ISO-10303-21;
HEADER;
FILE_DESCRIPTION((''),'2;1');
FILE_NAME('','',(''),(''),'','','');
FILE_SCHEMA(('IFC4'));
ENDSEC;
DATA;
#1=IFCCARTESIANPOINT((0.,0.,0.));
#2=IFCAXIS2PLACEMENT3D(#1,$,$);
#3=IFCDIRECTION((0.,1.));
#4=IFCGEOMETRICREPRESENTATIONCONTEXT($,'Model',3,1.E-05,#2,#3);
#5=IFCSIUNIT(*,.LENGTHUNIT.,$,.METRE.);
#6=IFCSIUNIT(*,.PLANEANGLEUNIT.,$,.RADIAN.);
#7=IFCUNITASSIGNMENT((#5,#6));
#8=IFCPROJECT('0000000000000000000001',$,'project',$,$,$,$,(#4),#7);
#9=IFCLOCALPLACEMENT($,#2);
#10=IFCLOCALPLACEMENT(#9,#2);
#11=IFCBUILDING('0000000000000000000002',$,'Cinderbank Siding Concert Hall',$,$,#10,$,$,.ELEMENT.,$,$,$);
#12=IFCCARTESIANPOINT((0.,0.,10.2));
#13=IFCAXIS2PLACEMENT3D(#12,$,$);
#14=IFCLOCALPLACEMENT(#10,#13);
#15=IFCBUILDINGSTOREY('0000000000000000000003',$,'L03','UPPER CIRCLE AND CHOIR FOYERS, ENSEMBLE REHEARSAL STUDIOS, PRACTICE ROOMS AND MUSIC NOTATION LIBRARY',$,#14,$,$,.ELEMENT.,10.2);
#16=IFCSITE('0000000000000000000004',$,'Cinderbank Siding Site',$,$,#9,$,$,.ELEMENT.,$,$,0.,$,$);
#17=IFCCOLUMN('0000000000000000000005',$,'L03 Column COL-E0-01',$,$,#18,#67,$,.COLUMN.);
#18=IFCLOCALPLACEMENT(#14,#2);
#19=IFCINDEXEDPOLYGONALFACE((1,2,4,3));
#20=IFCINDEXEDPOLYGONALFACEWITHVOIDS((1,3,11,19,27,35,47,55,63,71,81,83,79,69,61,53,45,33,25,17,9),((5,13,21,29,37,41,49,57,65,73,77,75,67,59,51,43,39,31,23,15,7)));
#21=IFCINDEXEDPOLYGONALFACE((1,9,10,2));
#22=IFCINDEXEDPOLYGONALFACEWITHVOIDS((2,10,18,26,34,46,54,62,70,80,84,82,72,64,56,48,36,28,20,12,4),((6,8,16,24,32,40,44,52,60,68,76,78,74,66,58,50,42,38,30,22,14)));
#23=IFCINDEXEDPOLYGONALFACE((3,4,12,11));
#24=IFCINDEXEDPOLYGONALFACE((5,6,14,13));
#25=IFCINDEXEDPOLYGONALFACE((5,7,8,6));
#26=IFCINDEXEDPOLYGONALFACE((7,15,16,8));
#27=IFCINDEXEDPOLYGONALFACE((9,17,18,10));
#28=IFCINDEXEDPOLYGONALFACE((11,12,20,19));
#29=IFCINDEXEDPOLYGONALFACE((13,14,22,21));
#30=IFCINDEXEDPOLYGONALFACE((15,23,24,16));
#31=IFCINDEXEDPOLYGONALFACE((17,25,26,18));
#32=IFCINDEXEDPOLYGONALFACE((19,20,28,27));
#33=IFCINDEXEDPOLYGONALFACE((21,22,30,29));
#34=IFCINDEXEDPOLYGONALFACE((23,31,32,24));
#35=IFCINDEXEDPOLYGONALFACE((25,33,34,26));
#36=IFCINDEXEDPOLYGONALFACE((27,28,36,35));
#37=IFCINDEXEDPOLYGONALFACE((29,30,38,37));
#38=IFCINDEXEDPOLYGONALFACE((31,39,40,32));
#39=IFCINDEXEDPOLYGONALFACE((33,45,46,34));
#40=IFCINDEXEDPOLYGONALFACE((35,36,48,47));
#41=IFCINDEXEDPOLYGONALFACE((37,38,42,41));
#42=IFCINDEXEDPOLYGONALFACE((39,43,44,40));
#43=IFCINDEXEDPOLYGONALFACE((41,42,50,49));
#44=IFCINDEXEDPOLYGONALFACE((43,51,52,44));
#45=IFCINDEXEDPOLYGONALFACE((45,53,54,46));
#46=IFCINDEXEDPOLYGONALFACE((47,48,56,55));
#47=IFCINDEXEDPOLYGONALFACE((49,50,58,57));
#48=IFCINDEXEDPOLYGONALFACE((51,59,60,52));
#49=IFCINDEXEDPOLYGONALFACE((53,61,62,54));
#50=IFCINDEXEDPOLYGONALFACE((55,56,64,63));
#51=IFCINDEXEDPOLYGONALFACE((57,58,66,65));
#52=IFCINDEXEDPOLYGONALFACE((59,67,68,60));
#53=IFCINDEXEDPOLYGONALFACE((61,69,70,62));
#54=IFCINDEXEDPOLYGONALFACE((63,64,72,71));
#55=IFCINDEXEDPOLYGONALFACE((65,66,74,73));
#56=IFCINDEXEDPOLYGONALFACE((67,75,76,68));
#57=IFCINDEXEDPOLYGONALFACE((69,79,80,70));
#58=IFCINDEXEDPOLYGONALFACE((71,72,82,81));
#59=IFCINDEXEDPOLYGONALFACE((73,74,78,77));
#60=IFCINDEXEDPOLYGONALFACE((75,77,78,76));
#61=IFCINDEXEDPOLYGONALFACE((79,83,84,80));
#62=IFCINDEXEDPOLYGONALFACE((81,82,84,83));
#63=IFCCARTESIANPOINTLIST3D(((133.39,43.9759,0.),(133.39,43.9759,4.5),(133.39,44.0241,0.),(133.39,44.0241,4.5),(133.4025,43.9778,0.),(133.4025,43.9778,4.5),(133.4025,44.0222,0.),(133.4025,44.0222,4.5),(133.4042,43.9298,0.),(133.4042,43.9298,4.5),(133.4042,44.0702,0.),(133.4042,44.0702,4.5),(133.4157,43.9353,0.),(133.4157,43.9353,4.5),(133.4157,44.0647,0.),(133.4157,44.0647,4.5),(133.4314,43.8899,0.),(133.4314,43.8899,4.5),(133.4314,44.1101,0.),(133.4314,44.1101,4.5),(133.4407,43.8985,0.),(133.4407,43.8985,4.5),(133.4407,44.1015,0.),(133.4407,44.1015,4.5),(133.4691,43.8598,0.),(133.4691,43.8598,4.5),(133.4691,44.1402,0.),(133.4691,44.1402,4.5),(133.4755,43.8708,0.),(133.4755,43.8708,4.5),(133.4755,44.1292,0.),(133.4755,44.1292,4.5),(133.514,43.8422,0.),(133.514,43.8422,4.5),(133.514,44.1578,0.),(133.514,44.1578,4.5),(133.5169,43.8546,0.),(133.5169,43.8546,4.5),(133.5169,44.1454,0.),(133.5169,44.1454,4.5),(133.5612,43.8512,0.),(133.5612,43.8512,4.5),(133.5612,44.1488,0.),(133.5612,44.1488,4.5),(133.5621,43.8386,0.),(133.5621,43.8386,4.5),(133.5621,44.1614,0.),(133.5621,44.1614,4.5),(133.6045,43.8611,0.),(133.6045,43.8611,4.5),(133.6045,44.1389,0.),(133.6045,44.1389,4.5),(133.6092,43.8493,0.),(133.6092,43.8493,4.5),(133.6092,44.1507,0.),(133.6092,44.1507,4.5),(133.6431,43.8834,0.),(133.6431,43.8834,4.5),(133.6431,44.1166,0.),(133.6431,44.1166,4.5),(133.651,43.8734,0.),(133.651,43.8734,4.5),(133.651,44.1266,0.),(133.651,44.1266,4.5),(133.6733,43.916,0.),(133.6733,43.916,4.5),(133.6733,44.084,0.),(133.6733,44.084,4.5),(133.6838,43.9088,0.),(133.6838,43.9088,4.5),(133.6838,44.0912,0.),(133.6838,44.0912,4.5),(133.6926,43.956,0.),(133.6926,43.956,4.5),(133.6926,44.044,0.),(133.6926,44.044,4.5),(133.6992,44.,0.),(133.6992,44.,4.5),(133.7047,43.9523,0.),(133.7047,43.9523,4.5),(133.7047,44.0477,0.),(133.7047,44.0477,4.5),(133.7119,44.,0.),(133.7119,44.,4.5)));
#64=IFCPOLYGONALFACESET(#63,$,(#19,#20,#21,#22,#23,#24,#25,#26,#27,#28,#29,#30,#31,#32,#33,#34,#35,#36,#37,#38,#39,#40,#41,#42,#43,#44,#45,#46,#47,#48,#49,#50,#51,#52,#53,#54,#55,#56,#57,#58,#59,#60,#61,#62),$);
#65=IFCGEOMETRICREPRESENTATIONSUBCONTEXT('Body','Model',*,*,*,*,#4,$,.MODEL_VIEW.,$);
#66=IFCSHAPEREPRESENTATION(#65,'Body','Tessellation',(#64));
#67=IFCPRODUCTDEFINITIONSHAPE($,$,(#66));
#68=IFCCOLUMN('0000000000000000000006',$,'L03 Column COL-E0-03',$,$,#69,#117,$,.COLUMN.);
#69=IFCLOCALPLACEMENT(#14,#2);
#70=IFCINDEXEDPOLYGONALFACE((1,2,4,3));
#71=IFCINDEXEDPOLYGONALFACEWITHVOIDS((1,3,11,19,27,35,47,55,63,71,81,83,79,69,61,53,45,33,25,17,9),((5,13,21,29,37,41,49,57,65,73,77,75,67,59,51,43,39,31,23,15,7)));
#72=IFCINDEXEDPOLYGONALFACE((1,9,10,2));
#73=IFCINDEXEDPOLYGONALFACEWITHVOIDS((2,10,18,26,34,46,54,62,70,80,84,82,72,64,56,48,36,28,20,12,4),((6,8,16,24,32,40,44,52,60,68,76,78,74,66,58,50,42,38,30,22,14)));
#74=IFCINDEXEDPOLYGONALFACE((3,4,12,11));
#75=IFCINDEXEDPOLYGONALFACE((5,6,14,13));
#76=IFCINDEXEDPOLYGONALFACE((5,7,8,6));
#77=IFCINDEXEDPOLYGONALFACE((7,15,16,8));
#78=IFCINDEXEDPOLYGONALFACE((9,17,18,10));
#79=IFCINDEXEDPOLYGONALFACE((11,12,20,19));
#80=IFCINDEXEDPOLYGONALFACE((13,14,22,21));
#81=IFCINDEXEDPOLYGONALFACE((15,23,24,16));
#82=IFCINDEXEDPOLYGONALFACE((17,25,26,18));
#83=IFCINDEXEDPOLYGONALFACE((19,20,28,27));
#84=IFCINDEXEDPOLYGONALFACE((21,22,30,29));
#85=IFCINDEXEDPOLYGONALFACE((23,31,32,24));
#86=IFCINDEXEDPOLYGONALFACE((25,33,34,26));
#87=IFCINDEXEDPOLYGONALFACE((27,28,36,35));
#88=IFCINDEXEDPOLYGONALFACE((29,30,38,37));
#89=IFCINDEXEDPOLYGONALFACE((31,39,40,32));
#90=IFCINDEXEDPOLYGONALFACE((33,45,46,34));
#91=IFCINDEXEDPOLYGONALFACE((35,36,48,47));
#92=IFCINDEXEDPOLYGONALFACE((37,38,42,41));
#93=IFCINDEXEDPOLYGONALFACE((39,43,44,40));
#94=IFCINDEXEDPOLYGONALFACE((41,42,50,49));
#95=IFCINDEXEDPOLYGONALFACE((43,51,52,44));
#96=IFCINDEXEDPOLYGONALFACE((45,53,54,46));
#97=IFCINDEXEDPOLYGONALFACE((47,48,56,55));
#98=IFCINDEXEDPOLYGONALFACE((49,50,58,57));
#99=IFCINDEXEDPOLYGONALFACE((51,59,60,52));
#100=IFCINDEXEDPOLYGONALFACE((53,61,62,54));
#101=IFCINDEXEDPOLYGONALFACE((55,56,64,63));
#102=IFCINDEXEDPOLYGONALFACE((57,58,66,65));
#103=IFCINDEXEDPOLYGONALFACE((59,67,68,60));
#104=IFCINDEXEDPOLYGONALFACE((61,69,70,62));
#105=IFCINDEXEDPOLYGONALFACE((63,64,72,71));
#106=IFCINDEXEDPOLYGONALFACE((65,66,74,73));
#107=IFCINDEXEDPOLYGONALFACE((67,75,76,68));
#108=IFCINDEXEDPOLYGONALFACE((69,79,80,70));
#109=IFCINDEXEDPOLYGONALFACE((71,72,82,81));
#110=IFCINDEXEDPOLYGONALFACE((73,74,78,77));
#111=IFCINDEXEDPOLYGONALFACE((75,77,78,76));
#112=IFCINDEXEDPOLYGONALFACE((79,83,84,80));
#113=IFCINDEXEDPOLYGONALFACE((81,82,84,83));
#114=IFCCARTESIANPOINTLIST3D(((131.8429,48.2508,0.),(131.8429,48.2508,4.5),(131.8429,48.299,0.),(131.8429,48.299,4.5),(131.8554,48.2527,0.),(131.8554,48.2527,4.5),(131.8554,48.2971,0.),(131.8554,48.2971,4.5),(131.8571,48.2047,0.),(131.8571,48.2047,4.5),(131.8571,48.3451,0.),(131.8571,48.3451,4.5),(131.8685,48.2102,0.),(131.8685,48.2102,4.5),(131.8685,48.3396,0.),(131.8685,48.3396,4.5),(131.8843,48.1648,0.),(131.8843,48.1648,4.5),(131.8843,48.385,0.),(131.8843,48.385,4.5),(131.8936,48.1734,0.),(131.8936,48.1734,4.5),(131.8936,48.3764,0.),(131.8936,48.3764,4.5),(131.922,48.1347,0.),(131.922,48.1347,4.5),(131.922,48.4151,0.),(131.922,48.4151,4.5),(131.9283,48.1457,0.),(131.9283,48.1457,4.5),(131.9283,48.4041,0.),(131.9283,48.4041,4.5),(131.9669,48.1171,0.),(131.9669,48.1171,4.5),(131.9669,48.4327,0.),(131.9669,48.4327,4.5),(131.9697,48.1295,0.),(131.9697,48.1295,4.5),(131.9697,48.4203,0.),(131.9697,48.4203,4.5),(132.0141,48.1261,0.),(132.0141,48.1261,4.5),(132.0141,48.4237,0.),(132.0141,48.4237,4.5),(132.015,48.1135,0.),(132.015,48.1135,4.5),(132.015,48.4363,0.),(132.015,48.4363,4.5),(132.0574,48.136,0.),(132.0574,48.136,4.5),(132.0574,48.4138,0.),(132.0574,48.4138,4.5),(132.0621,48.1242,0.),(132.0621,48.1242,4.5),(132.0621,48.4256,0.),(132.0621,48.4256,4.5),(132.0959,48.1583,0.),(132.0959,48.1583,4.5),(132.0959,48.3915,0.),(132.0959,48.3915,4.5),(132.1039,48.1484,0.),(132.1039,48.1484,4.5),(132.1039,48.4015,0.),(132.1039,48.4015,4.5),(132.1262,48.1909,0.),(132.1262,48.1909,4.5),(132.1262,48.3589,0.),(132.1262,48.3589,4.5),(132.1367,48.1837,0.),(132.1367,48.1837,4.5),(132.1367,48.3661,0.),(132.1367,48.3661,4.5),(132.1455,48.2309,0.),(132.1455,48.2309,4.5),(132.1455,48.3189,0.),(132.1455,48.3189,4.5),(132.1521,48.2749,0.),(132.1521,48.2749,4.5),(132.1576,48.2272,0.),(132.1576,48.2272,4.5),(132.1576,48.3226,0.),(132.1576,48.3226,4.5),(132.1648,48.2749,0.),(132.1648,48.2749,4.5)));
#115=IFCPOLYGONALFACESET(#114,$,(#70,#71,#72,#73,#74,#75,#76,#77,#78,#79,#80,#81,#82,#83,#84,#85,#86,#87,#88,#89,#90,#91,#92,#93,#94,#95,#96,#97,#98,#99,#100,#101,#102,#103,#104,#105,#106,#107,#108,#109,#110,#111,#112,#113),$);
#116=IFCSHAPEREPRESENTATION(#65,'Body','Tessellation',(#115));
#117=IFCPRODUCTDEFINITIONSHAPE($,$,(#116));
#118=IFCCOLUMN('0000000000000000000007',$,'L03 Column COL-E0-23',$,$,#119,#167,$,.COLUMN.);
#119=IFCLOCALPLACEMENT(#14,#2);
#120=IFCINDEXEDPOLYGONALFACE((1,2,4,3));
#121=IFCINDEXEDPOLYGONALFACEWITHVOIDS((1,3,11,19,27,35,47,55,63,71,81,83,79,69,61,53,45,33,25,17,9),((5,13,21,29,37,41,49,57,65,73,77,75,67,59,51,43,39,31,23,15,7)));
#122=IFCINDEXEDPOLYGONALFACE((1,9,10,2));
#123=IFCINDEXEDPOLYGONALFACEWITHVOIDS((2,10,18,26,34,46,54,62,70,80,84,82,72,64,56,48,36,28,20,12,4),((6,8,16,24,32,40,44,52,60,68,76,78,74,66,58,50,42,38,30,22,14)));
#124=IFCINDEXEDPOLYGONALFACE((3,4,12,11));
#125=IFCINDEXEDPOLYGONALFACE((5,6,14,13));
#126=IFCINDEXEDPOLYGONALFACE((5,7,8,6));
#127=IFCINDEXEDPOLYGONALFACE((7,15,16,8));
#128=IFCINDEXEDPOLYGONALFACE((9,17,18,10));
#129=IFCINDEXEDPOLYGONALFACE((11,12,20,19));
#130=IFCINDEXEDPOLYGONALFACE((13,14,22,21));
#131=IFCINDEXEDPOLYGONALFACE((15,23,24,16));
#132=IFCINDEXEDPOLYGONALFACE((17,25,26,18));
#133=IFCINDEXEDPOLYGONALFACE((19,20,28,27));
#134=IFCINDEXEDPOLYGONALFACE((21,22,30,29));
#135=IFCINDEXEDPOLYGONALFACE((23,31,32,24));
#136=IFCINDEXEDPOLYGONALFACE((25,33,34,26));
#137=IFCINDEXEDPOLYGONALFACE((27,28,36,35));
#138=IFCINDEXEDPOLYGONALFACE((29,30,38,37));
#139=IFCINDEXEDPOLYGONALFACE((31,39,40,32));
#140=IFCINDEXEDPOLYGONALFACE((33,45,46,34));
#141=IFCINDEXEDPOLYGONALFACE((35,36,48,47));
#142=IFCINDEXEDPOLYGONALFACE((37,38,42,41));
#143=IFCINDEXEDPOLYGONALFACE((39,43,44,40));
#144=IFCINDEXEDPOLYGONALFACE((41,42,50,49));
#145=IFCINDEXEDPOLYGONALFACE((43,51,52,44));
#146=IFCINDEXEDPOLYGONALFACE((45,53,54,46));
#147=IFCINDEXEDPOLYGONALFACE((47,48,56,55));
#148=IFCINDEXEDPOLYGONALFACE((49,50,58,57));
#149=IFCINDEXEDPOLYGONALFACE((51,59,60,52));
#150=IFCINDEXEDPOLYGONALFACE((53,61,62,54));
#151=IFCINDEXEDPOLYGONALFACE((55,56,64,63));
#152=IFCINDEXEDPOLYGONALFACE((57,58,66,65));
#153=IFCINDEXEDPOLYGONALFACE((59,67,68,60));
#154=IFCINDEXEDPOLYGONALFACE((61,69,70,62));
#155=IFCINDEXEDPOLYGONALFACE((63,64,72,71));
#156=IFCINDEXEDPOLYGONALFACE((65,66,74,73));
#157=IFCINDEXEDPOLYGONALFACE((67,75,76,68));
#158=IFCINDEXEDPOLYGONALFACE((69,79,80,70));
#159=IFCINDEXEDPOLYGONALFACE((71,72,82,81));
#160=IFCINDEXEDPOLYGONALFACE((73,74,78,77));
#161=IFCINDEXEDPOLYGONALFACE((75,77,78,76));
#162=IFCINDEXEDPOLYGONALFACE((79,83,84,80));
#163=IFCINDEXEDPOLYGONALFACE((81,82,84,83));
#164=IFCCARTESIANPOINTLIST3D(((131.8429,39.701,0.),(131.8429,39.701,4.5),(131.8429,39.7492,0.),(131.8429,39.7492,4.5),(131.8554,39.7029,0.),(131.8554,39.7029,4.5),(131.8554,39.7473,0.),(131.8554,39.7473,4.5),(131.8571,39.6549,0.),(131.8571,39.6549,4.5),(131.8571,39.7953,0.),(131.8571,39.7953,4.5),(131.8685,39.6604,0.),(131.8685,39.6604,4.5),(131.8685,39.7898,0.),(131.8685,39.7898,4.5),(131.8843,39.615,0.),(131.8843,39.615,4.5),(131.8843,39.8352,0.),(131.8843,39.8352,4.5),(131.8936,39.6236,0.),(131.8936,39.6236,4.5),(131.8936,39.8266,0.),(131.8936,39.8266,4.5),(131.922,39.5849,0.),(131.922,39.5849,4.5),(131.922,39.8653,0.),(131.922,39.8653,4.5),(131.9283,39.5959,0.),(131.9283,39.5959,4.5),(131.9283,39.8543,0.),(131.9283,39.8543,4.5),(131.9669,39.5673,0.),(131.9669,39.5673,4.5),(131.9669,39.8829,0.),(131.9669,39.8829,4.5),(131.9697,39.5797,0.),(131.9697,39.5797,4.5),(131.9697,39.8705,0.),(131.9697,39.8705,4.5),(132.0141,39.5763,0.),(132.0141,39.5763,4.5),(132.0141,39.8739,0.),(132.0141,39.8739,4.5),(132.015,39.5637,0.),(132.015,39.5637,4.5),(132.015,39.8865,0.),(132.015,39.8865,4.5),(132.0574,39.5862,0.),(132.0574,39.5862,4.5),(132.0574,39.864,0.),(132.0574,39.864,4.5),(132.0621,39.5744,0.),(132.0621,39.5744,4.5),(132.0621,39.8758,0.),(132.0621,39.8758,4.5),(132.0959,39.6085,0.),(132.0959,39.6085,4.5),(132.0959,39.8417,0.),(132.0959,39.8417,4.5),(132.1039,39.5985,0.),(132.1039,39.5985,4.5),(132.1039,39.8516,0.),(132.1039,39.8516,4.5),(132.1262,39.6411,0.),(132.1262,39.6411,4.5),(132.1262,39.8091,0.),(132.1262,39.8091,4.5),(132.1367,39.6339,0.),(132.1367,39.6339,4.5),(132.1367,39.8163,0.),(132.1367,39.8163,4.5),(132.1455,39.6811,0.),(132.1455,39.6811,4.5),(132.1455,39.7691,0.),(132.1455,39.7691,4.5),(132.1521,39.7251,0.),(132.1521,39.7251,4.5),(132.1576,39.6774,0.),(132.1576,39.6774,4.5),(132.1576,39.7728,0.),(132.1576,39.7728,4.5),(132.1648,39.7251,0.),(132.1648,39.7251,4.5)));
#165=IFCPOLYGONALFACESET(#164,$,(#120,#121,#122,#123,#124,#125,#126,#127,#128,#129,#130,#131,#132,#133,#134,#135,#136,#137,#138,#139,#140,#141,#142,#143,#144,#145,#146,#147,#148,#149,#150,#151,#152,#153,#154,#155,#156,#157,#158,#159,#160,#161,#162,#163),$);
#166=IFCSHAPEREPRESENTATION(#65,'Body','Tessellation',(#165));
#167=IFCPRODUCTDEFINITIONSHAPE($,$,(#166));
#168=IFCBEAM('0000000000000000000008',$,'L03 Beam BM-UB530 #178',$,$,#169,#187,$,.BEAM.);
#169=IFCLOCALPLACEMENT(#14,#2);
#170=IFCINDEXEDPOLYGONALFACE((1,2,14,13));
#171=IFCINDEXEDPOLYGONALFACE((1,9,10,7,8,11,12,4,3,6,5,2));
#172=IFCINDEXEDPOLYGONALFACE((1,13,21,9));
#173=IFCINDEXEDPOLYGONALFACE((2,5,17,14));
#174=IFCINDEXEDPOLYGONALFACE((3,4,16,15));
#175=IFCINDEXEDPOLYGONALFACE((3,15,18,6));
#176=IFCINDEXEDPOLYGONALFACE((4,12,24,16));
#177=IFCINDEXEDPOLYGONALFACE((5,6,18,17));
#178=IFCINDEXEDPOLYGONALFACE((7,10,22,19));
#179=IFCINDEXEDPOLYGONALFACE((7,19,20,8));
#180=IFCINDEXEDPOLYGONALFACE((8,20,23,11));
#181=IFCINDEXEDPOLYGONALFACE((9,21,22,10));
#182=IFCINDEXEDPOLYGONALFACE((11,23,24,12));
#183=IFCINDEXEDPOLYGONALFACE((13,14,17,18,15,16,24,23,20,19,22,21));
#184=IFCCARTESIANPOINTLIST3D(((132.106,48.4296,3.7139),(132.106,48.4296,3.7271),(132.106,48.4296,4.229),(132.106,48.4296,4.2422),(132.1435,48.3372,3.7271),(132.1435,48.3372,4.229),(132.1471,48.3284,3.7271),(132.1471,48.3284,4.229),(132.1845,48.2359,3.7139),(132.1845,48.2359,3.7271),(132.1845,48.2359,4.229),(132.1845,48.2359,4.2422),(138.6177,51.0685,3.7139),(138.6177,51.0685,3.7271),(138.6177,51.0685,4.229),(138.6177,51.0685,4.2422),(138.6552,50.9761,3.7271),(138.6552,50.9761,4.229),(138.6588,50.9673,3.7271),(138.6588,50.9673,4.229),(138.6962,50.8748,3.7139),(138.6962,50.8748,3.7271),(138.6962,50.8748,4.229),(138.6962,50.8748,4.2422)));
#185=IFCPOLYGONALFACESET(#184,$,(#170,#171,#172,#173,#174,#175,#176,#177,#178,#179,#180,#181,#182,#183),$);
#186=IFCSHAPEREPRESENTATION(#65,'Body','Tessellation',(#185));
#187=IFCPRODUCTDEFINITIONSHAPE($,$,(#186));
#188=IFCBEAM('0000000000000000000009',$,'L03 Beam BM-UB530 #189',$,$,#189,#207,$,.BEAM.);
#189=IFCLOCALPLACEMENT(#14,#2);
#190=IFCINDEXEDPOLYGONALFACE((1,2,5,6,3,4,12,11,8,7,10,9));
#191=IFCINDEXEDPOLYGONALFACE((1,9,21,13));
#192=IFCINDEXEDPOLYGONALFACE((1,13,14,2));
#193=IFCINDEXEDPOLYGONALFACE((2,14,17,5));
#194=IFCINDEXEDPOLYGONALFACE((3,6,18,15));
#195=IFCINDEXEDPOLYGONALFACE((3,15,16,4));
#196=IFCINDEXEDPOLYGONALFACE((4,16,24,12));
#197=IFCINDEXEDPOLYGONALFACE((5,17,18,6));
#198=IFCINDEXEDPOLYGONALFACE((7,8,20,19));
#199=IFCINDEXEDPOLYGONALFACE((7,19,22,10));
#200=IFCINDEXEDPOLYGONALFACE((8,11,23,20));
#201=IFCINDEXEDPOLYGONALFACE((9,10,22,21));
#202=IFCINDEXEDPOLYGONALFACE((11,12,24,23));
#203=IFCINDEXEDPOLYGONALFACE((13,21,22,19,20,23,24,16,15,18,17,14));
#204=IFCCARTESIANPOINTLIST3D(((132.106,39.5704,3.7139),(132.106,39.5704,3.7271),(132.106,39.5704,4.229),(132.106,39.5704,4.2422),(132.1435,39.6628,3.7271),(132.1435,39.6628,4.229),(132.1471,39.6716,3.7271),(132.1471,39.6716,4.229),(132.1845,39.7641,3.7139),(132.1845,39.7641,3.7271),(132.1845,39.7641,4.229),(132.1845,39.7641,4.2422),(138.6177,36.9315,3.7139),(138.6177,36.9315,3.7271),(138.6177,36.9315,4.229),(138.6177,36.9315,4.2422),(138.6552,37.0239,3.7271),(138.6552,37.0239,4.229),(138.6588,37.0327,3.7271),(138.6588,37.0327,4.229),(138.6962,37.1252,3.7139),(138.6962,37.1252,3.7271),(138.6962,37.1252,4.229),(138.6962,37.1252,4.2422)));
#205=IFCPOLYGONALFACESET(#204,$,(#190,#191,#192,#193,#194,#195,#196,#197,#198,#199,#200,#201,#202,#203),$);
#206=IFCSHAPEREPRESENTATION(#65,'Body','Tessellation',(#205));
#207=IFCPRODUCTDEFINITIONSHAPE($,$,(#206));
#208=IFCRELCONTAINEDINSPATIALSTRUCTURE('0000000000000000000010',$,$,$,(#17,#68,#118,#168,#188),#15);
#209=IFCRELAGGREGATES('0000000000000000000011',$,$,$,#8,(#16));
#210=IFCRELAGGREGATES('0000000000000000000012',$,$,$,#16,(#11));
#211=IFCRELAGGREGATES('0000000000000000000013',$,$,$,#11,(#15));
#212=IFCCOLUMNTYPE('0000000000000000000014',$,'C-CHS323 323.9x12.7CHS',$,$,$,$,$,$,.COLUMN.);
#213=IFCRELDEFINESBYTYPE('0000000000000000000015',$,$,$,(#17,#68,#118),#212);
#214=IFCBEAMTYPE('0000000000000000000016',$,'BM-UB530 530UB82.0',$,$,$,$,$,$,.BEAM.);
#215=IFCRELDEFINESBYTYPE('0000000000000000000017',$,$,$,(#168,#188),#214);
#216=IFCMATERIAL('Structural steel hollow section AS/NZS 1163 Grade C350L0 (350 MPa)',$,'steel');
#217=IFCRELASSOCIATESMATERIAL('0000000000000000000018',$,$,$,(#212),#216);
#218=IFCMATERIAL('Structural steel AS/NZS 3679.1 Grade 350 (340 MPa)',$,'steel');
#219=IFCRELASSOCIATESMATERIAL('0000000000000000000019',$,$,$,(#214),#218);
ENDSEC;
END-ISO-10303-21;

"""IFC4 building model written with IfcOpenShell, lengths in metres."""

from ifc_helpers import new_model, si_unit, direction, frame, origin, origin_2d, place, context, subcontext, project, spatial, hollow_circle, i_section, extrude, material, material_profile, profile_set, type_object, element, save


model = new_model("IFC4")

# Units and contexts
model_context = context("Model", 3, precision=1e-05, world=origin(), true_north=direction((0.0, 1.0)))
body_context = subcontext(model_context, "Body", "Model", "MODEL_VIEW")
ifc_project = project(units=[si_unit("LENGTHUNIT", "METRE"), si_unit("PLANEANGLEUNIT", "RADIAN")], contexts=[model_context])

# Site, building, storey
site_placement = place(None, origin())
site = spatial("IfcSite", under=ifc_project, at=site_placement, Name="Cinderbank Siding Site", CompositionType="ELEMENT", RefElevation=0.0)
building_placement = place(site_placement, origin())
building = spatial("IfcBuilding", under=site, at=building_placement, Name="Cinderbank Siding Concert Hall", CompositionType="ELEMENT")
storey_placement = place(building_placement, frame((0.0, 0.0, 10.2)))
storey = spatial("IfcBuildingStorey", under=building, at=storey_placement, Name="L03", Description="UPPER CIRCLE AND CHOIR FOYERS, ENSEMBLE REHEARSAL STUDIOS, PRACTICE ROOMS AND MUSIC NOTATION LIBRARY", CompositionType="ELEMENT", Elevation=10.2)

# Columns
ifc_material_1 = material(Name="Structural steel hollow section AS/NZS 1163 Grade C350L0 (350 MPa)", Category="steel")
ifc_material_profile_1 = material_profile(ifc_material_1, hollow_circle(Radius=0.1619, WallThickness=0.0127, at=origin_2d()), Name="323.9x12.7CHS", Category="LoadBearing")
ifc_profile_set_1 = profile_set([ifc_material_profile_1], Name="Structural steel hollow section AS/NZS 1163 Grade C350L0 (350 MPa)")
column_type = type_object("IfcColumnType", Name="C-CHS323 323.9x12.7CHS", PredefinedType="COLUMN", material=ifc_profile_set_1)
for number, where, z_axis, x_axis, name in (
    (1, (133.55, 44.0, 0.0), (0.0, 0.0, 1.0), (1.0, 0.0, 0.0), "L03 Column COL-E0-01"),
    (2, (132.0029, 48.2749, 0.0), (0.0, 0.0, 1.0), (1.0, 0.0, 0.0), "L03 Column COL-E0-03"),
    (3, (132.0029, 39.7251, 0.0), (0.0, 0.0, 1.0), (1.0, 0.0, 0.0), "L03 Column COL-E0-23"),
):
    element("IfcColumn", number, at=place(storey_placement, frame(where, z_axis=z_axis, x_axis=x_axis)), inside=storey, type_object=column_type, Name=name, PredefinedType="COLUMN", context=body_context, shape_type="SweptSolid", body=[
        extrude(hollow_circle(Radius=0.1619, WallThickness=0.0127, at=origin_2d()), origin(), (0.0, 0.0, 1.0), 4.5),
    ])

# Beams
ifc_material_2 = material(Name="Structural steel AS/NZS 3679.1 Grade 350 (340 MPa)", Category="steel")
ifc_material_profile_2 = material_profile(ifc_material_2, i_section(OverallWidth=0.209, OverallDepth=0.5283, WebThickness=0.0095, FlangeThickness=0.0132, at=origin_2d()), Name="530UB82.0", Category="LoadBearing")
ifc_profile_set_2 = profile_set([ifc_material_profile_2], Name="Structural steel AS/NZS 3679.1 Grade 350 (340 MPa)")
beam_type_1 = type_object("IfcBeamType", Name="BM-UB530 530UB82.0", PredefinedType="BEAM", material=ifc_profile_set_2)
for number, where, z_axis, x_axis, name in (
    (4, (132.1453, 48.3328, 3.978), (0.926787, 0.375587, 0.0), (-0.375587, 0.926787, 0.0), "L03 Beam BM-UB530 #178"),
    (5, (132.1453, 39.6672, 3.978), (0.926787, -0.375587, 0.0), (0.375587, 0.926787, 0.0), "L03 Beam BM-UB530 #189"),
):
    element("IfcBeam", number, at=place(storey_placement, frame(where, z_axis=z_axis, x_axis=x_axis)), inside=storey, type_object=beam_type_1, Name=name, PredefinedType="BEAM", context=body_context, shape_type="SweptSolid", body=[
        extrude(i_section(OverallWidth=0.209, OverallDepth=0.5283, WebThickness=0.0095, FlangeThickness=0.0132, at=origin_2d()), origin(), (0.0, 0.0, 1.0), 7.0261),
    ])

save(model, "model.ifc")
